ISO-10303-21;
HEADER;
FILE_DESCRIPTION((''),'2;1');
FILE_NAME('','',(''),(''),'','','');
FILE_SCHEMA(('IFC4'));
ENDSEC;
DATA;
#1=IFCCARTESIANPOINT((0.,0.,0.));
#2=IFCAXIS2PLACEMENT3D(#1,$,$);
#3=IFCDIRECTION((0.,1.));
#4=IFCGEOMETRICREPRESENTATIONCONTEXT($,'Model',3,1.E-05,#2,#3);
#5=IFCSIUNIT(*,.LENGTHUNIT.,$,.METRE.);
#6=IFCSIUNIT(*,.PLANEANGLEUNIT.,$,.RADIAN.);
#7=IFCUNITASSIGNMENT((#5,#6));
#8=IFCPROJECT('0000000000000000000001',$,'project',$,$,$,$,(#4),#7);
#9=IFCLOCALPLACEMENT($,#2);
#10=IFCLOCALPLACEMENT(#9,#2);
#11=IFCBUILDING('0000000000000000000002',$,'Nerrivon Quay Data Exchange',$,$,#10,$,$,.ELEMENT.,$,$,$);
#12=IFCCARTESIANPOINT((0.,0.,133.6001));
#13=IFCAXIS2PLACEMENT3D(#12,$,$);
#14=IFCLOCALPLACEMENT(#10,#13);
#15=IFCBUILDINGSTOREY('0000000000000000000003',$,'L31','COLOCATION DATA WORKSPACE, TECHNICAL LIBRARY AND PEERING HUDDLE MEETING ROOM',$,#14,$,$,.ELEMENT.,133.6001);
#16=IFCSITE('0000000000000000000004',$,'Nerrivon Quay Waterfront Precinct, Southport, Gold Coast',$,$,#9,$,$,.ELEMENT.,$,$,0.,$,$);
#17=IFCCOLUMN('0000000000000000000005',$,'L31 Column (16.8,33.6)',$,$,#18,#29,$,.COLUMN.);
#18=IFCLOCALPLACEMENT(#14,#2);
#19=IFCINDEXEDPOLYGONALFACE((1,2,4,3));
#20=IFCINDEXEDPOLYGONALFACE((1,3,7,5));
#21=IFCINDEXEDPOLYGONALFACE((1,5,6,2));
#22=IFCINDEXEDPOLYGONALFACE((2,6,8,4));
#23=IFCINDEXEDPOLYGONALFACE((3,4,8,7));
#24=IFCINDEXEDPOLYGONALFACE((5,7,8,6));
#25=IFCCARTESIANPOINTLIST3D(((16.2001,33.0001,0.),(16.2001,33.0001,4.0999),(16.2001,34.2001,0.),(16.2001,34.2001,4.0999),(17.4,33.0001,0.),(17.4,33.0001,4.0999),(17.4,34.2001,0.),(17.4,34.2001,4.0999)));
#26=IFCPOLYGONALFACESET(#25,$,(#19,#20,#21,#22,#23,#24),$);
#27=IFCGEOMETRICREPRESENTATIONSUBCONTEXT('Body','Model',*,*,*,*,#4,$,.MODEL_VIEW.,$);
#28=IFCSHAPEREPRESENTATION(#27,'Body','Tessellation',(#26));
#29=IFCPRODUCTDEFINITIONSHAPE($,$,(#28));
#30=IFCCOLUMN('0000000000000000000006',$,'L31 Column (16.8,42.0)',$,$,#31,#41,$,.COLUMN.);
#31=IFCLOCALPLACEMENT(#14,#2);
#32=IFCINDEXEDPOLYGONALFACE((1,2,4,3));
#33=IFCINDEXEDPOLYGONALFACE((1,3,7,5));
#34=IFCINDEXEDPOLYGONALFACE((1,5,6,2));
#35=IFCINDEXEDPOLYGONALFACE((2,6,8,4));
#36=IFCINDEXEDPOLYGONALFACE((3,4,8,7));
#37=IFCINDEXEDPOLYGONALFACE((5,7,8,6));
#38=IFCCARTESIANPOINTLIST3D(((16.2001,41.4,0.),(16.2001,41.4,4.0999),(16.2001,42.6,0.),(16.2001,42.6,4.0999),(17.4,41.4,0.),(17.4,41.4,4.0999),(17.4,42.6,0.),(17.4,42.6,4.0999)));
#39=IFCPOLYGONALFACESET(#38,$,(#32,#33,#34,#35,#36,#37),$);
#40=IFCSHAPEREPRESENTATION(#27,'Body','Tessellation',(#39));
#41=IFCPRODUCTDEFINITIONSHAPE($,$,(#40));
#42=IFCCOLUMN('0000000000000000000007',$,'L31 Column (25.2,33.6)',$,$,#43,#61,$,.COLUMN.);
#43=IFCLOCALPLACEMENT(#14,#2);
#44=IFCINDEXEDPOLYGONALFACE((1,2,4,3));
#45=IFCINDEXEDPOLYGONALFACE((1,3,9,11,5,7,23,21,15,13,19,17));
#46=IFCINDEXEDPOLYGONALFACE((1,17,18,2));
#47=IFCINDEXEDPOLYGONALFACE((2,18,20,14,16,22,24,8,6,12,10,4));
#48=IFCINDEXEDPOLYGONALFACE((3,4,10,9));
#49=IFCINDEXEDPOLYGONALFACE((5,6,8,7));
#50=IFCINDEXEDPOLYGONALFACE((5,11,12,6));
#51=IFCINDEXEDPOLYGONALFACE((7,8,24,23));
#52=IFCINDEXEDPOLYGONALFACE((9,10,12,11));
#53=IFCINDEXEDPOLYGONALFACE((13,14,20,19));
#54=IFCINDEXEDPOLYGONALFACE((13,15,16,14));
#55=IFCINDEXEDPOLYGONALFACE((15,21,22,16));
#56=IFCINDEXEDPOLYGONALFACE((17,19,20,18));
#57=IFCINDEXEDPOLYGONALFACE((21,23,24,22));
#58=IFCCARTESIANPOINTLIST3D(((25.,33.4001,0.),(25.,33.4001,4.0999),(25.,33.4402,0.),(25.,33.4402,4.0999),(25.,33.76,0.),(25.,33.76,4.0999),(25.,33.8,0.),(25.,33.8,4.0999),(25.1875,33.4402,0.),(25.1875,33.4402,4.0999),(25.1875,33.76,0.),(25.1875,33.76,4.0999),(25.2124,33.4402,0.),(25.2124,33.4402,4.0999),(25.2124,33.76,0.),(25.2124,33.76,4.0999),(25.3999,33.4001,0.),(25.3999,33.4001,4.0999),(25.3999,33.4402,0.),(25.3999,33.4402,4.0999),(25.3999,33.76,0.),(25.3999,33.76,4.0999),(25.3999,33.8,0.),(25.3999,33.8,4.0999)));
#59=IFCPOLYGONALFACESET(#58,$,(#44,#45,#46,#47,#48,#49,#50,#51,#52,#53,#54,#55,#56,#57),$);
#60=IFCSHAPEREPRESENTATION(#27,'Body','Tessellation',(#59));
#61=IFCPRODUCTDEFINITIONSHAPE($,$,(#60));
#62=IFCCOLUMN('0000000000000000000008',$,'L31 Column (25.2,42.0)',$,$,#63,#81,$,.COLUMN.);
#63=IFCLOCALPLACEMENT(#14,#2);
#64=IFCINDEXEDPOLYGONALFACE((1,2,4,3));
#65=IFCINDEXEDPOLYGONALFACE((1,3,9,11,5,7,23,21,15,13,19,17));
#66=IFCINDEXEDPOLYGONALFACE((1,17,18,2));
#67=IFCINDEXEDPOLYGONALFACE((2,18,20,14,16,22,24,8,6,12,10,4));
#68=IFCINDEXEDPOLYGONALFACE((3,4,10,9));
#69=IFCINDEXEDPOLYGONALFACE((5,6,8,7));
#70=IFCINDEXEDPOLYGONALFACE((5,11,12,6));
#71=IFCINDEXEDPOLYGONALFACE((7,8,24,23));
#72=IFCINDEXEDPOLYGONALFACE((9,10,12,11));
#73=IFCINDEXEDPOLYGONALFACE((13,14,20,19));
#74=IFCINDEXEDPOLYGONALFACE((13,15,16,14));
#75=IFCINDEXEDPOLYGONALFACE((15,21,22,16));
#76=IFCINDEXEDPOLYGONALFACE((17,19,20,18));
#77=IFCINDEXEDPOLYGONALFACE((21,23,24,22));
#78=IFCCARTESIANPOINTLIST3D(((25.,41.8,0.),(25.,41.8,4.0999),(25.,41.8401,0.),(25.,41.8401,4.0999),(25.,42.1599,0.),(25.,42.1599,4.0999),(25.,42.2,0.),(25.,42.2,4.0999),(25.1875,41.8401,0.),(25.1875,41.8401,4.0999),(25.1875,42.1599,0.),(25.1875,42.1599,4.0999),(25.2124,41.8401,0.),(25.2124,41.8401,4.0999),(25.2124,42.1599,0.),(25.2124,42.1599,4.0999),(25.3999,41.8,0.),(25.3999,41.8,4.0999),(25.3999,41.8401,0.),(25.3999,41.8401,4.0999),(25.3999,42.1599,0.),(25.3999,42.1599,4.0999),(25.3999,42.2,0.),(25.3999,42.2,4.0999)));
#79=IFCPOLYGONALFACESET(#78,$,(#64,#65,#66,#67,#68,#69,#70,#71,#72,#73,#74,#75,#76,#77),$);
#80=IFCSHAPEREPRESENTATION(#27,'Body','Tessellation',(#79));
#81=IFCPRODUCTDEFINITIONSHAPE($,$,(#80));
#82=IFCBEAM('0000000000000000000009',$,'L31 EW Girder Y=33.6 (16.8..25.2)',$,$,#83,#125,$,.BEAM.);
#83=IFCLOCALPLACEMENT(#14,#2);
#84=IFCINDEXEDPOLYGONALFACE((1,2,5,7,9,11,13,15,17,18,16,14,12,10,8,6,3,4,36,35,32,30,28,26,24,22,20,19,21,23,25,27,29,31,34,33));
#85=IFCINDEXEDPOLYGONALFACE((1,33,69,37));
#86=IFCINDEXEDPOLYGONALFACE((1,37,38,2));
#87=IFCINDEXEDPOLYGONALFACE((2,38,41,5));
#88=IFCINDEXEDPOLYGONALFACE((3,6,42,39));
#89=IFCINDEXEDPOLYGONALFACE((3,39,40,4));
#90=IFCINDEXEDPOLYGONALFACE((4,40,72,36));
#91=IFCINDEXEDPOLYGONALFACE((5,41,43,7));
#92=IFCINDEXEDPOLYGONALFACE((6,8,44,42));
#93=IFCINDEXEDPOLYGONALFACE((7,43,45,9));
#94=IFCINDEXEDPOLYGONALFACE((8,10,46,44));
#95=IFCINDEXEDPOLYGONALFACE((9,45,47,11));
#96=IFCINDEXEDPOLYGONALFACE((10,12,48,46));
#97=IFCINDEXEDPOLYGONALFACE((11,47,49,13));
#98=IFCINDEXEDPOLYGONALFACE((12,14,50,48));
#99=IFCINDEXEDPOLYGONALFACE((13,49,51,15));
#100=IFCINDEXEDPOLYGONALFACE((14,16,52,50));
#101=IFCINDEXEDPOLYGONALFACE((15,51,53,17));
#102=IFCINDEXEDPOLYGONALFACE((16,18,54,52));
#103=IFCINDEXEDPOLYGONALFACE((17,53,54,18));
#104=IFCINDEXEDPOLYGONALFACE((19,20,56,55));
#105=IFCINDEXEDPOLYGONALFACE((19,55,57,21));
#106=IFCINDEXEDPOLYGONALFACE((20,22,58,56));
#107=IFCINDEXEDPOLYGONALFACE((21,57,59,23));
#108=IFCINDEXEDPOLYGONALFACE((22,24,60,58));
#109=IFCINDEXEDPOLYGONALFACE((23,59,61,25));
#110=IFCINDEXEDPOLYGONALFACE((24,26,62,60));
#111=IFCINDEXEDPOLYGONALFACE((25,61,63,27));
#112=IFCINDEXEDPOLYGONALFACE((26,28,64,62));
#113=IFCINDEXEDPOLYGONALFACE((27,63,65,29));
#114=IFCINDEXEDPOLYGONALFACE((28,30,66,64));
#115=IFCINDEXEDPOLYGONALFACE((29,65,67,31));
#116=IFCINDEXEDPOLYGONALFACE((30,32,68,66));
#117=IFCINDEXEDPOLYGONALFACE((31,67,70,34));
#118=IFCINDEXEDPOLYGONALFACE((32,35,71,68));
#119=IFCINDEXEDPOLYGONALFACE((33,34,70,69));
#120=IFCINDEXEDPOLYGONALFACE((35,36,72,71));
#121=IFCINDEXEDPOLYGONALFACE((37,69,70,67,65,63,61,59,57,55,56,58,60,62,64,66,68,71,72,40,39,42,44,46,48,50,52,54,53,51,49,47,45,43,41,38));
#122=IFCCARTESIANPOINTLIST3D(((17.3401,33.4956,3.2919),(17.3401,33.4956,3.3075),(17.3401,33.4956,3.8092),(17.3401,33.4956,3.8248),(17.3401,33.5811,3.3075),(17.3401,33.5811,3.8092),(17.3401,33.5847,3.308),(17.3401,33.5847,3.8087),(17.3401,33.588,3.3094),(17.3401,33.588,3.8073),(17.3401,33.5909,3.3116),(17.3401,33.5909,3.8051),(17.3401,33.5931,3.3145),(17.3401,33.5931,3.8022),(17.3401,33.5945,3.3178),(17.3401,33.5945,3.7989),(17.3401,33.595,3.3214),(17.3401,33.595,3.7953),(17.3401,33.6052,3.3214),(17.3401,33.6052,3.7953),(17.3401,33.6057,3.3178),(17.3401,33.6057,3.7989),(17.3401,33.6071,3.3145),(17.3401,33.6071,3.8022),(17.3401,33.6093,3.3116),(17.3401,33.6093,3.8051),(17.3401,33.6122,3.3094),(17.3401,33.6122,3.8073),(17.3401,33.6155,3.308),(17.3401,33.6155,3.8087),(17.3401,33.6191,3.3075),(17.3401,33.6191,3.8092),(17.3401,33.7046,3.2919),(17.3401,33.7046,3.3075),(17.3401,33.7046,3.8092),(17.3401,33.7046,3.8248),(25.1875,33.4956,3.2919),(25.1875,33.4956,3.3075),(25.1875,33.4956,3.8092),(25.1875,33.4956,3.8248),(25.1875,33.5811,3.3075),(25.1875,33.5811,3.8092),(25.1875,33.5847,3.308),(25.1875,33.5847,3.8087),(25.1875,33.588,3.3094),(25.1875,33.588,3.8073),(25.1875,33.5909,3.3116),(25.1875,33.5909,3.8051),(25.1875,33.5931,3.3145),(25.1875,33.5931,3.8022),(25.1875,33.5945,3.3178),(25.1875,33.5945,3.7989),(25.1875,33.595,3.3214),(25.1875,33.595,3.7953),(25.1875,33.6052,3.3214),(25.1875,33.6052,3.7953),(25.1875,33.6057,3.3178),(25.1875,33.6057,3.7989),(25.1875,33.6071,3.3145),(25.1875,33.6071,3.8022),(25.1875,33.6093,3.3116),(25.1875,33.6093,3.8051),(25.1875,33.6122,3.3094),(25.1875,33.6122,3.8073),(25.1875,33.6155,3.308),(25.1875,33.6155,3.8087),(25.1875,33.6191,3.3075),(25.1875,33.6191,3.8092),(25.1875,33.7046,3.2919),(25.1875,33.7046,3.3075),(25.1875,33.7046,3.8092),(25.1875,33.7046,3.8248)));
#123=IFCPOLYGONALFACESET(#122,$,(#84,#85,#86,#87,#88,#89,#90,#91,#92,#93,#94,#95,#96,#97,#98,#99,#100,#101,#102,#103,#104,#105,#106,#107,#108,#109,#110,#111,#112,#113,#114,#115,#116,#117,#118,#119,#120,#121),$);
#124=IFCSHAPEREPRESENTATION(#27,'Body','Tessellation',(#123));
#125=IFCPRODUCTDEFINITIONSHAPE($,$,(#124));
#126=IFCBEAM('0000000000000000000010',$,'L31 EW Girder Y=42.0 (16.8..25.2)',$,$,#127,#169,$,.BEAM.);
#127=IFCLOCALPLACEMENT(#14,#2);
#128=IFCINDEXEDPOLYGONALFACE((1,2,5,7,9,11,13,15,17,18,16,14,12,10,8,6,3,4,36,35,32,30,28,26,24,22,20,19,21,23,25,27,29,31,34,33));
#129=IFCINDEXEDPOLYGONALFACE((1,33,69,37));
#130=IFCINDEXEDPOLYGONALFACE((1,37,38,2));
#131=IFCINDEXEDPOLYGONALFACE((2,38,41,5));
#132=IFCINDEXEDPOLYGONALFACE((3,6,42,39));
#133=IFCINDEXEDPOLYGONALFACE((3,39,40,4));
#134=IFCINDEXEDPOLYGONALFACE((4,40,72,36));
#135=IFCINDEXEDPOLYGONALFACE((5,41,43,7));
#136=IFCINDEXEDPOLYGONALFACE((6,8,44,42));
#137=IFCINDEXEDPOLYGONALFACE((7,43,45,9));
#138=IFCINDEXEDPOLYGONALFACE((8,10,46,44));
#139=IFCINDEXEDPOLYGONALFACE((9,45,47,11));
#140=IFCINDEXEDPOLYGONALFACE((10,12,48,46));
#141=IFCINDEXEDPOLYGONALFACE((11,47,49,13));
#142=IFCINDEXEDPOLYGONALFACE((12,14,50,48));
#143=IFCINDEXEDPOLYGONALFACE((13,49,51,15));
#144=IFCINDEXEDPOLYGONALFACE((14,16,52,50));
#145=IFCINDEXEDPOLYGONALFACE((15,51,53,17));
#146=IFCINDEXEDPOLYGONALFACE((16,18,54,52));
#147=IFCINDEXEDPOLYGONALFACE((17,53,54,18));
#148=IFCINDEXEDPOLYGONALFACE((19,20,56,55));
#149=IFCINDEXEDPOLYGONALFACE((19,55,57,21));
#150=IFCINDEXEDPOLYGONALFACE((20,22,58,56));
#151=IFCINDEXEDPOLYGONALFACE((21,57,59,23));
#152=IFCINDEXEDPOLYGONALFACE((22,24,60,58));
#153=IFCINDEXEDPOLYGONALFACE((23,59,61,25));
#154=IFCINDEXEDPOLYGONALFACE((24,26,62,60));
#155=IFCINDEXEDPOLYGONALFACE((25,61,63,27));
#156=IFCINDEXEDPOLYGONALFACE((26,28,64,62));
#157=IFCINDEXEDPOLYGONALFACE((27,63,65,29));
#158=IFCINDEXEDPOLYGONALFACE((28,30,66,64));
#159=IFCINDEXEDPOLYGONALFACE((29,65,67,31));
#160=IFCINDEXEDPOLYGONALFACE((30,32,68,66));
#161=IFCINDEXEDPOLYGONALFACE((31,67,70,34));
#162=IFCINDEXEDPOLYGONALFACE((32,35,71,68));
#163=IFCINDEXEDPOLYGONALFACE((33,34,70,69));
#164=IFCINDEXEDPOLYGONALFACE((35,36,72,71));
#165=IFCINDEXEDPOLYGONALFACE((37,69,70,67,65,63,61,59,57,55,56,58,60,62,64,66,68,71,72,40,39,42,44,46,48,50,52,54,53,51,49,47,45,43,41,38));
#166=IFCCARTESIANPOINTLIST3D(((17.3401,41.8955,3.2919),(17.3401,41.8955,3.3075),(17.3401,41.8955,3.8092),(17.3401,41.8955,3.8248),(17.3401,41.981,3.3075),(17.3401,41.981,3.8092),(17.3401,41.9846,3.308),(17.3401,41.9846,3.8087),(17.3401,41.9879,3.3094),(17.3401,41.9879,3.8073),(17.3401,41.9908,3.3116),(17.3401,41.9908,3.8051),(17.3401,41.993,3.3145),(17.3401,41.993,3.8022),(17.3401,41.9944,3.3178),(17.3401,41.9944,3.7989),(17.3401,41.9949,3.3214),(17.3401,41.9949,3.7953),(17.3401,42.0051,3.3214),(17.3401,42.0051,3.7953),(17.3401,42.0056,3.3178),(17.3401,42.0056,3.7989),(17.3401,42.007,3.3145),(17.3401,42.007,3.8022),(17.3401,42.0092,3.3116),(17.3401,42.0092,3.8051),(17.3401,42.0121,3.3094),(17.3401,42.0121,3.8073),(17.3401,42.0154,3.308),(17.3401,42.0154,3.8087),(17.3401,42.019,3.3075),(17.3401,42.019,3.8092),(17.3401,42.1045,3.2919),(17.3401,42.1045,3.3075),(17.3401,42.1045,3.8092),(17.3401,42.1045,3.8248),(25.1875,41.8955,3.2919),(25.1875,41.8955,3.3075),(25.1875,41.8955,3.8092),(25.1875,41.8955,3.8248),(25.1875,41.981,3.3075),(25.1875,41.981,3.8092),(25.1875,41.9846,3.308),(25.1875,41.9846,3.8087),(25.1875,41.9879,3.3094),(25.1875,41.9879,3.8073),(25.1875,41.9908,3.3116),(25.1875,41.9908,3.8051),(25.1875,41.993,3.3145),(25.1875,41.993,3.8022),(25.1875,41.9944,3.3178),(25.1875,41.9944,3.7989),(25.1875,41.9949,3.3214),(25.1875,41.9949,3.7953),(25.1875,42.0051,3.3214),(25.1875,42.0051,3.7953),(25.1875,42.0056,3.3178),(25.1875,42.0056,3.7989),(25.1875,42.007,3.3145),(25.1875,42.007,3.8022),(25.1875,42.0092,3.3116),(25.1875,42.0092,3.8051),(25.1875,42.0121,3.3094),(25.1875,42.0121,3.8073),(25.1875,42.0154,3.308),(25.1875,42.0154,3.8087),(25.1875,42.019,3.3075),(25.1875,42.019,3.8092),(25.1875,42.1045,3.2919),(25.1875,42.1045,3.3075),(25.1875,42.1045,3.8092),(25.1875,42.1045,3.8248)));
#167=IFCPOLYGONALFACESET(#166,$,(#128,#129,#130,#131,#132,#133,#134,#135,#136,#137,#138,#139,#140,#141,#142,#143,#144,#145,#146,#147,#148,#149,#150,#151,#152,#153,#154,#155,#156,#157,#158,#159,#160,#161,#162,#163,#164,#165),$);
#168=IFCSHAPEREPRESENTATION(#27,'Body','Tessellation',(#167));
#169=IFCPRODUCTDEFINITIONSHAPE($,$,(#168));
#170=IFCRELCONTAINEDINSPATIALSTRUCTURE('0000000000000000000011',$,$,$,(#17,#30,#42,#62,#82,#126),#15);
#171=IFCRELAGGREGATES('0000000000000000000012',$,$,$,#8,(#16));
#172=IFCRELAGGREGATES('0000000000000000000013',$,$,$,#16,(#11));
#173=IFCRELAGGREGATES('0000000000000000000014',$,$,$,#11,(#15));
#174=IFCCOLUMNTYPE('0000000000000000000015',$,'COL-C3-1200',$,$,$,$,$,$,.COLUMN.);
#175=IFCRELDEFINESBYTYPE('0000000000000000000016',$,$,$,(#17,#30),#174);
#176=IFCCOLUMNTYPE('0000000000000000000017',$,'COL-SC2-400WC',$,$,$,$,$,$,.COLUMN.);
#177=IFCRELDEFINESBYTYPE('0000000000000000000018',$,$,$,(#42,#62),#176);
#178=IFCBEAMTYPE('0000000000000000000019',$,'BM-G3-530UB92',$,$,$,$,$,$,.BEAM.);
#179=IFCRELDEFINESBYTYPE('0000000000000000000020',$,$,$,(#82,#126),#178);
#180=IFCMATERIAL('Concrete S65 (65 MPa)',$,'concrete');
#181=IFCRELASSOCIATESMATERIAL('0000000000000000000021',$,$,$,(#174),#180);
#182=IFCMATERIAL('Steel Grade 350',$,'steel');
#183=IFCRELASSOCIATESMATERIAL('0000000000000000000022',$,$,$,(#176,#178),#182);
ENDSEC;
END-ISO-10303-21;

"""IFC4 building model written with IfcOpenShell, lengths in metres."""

from ifc_helpers import new_model, si_unit, direction, frame, origin, origin_2d, place, context, subcontext, project, spatial, rectangle, i_section, extrude, material, material_profile, profile_set, type_object, element, save


model = new_model("IFC4")

# Units and contexts
model_context = context("Model", 3, precision=1e-05, world=origin(), true_north=direction((0.0, 1.0)))
body_context = subcontext(model_context, "Body", "Model", "MODEL_VIEW")
ifc_project = project(units=[si_unit("LENGTHUNIT", "METRE"), si_unit("PLANEANGLEUNIT", "RADIAN")], contexts=[model_context])

# Site, building, storey
site_placement = place(None, origin())
site = spatial("IfcSite", under=ifc_project, at=site_placement, Name="Nerrivon Quay Waterfront Precinct, Southport, Gold Coast", CompositionType="ELEMENT", RefElevation=0.0)
building_placement = place(site_placement, origin())
building = spatial("IfcBuilding", under=site, at=building_placement, Name="Nerrivon Quay Data Exchange", CompositionType="ELEMENT")
storey_placement = place(building_placement, frame((0.0, 0.0, 133.6001)))
storey = spatial("IfcBuildingStorey", under=building, at=storey_placement, Name="L31", Description="COLOCATION DATA WORKSPACE, TECHNICAL LIBRARY AND PEERING HUDDLE MEETING ROOM", CompositionType="ELEMENT", Elevation=133.6001)

# Columns
ifc_material_1 = material(Name="Concrete S65 (65 MPa)", Category="concrete")
ifc_material_profile_1 = material_profile(ifc_material_1, rectangle(XDim=1.2, YDim=1.2, at=origin_2d()), Name="RC-COL-1200x1200")
ifc_profile_set_1 = profile_set([ifc_material_profile_1], Name="Concrete S65 (65 MPa)")
column_type_1 = type_object("IfcColumnType", Name="COL-C3-1200", PredefinedType="COLUMN", material=ifc_profile_set_1)
for number, where, z_axis, x_axis, name in (
    (1, (16.8, 33.6001, 0.0), (0.0, 0.0, 1.0), (1.0, 0.0, 0.0), "L31 Column (16.8,33.6)"),
    (2, (16.8, 42.0, 0.0), (0.0, 0.0, 1.0), (1.0, 0.0, 0.0), "L31 Column (16.8,42.0)"),
):
    element("IfcColumn", number, at=place(storey_placement, frame(where, z_axis=z_axis, x_axis=x_axis)), inside=storey, type_object=column_type_1, Name=name, PredefinedType="COLUMN", context=body_context, shape_type="SweptSolid", body=[
        extrude(rectangle(XDim=1.2, YDim=1.2, at=origin_2d()), origin(), (0.0, 0.0, 1.0), 4.0999),
    ])
ifc_material_2 = material(Name="Steel Grade 350", Category="steel")
ifc_material_profile_2 = material_profile(ifc_material_2, i_section(OverallWidth=0.3999, OverallDepth=0.3999, WebThickness=0.0249, FlangeThickness=0.04, at=origin_2d()), Name="400WC328")
ifc_profile_set_2 = profile_set([ifc_material_profile_2], Name="Steel Grade 350")
column_type_2 = type_object("IfcColumnType", Name="COL-SC2-400WC", PredefinedType="COLUMN", material=ifc_profile_set_2)
for number, where, z_axis, x_axis, name in (
    (3, (25.2, 33.6001, 0.0), (0.0, 0.0, 1.0), (1.0, 0.0, 0.0), "L31 Column (25.2,33.6)"),
    (4, (25.2, 42.0, 0.0), (0.0, 0.0, 1.0), (1.0, 0.0, 0.0), "L31 Column (25.2,42.0)"),
):
    element("IfcColumn", number, at=place(storey_placement, frame(where, z_axis=z_axis, x_axis=x_axis)), inside=storey, type_object=column_type_2, Name=name, PredefinedType="COLUMN", context=body_context, shape_type="SweptSolid", body=[
        extrude(i_section(OverallWidth=0.3999, OverallDepth=0.3999, WebThickness=0.0249, FlangeThickness=0.04, at=origin_2d()), origin(), (0.0, 0.0, 1.0), 4.0999),
    ])

# Beams
ifc_material_profile_3 = material_profile(ifc_material_2, i_section(OverallWidth=0.209, OverallDepth=0.533, WebThickness=0.0103, FlangeThickness=0.0156, FilletRadius=0.0139, at=origin_2d()), Name="530UB92.4")
ifc_profile_set_3 = profile_set([ifc_material_profile_3], Name="Steel Grade 350")
beam_type_1 = type_object("IfcBeamType", Name="BM-G3-530UB92", PredefinedType="BEAM", material=ifc_profile_set_3)
for number, where, z_axis, x_axis, name in (
    (5, (17.3401, 33.6001, 3.5583), (1.0, 0.0, 0.0), (0.0, 1.0, 0.0), "L31 EW Girder Y=33.6 (16.8..25.2)"),
    (6, (17.3401, 42.0, 3.5583), (1.0, 0.0, 0.0), (0.0, 1.0, 0.0), "L31 EW Girder Y=42.0 (16.8..25.2)"),
):
    element("IfcBeam", number, at=place(storey_placement, frame(where, z_axis=z_axis, x_axis=x_axis)), inside=storey, type_object=beam_type_1, Name=name, PredefinedType="BEAM", context=body_context, shape_type="SweptSolid", body=[
        extrude(i_section(OverallWidth=0.209, OverallDepth=0.533, WebThickness=0.0103, FlangeThickness=0.0156, FilletRadius=0.0139, at=origin_2d()), origin(), (0.0, 0.0, 1.0), 7.8474),
    ])

save(model, "model.ifc")
